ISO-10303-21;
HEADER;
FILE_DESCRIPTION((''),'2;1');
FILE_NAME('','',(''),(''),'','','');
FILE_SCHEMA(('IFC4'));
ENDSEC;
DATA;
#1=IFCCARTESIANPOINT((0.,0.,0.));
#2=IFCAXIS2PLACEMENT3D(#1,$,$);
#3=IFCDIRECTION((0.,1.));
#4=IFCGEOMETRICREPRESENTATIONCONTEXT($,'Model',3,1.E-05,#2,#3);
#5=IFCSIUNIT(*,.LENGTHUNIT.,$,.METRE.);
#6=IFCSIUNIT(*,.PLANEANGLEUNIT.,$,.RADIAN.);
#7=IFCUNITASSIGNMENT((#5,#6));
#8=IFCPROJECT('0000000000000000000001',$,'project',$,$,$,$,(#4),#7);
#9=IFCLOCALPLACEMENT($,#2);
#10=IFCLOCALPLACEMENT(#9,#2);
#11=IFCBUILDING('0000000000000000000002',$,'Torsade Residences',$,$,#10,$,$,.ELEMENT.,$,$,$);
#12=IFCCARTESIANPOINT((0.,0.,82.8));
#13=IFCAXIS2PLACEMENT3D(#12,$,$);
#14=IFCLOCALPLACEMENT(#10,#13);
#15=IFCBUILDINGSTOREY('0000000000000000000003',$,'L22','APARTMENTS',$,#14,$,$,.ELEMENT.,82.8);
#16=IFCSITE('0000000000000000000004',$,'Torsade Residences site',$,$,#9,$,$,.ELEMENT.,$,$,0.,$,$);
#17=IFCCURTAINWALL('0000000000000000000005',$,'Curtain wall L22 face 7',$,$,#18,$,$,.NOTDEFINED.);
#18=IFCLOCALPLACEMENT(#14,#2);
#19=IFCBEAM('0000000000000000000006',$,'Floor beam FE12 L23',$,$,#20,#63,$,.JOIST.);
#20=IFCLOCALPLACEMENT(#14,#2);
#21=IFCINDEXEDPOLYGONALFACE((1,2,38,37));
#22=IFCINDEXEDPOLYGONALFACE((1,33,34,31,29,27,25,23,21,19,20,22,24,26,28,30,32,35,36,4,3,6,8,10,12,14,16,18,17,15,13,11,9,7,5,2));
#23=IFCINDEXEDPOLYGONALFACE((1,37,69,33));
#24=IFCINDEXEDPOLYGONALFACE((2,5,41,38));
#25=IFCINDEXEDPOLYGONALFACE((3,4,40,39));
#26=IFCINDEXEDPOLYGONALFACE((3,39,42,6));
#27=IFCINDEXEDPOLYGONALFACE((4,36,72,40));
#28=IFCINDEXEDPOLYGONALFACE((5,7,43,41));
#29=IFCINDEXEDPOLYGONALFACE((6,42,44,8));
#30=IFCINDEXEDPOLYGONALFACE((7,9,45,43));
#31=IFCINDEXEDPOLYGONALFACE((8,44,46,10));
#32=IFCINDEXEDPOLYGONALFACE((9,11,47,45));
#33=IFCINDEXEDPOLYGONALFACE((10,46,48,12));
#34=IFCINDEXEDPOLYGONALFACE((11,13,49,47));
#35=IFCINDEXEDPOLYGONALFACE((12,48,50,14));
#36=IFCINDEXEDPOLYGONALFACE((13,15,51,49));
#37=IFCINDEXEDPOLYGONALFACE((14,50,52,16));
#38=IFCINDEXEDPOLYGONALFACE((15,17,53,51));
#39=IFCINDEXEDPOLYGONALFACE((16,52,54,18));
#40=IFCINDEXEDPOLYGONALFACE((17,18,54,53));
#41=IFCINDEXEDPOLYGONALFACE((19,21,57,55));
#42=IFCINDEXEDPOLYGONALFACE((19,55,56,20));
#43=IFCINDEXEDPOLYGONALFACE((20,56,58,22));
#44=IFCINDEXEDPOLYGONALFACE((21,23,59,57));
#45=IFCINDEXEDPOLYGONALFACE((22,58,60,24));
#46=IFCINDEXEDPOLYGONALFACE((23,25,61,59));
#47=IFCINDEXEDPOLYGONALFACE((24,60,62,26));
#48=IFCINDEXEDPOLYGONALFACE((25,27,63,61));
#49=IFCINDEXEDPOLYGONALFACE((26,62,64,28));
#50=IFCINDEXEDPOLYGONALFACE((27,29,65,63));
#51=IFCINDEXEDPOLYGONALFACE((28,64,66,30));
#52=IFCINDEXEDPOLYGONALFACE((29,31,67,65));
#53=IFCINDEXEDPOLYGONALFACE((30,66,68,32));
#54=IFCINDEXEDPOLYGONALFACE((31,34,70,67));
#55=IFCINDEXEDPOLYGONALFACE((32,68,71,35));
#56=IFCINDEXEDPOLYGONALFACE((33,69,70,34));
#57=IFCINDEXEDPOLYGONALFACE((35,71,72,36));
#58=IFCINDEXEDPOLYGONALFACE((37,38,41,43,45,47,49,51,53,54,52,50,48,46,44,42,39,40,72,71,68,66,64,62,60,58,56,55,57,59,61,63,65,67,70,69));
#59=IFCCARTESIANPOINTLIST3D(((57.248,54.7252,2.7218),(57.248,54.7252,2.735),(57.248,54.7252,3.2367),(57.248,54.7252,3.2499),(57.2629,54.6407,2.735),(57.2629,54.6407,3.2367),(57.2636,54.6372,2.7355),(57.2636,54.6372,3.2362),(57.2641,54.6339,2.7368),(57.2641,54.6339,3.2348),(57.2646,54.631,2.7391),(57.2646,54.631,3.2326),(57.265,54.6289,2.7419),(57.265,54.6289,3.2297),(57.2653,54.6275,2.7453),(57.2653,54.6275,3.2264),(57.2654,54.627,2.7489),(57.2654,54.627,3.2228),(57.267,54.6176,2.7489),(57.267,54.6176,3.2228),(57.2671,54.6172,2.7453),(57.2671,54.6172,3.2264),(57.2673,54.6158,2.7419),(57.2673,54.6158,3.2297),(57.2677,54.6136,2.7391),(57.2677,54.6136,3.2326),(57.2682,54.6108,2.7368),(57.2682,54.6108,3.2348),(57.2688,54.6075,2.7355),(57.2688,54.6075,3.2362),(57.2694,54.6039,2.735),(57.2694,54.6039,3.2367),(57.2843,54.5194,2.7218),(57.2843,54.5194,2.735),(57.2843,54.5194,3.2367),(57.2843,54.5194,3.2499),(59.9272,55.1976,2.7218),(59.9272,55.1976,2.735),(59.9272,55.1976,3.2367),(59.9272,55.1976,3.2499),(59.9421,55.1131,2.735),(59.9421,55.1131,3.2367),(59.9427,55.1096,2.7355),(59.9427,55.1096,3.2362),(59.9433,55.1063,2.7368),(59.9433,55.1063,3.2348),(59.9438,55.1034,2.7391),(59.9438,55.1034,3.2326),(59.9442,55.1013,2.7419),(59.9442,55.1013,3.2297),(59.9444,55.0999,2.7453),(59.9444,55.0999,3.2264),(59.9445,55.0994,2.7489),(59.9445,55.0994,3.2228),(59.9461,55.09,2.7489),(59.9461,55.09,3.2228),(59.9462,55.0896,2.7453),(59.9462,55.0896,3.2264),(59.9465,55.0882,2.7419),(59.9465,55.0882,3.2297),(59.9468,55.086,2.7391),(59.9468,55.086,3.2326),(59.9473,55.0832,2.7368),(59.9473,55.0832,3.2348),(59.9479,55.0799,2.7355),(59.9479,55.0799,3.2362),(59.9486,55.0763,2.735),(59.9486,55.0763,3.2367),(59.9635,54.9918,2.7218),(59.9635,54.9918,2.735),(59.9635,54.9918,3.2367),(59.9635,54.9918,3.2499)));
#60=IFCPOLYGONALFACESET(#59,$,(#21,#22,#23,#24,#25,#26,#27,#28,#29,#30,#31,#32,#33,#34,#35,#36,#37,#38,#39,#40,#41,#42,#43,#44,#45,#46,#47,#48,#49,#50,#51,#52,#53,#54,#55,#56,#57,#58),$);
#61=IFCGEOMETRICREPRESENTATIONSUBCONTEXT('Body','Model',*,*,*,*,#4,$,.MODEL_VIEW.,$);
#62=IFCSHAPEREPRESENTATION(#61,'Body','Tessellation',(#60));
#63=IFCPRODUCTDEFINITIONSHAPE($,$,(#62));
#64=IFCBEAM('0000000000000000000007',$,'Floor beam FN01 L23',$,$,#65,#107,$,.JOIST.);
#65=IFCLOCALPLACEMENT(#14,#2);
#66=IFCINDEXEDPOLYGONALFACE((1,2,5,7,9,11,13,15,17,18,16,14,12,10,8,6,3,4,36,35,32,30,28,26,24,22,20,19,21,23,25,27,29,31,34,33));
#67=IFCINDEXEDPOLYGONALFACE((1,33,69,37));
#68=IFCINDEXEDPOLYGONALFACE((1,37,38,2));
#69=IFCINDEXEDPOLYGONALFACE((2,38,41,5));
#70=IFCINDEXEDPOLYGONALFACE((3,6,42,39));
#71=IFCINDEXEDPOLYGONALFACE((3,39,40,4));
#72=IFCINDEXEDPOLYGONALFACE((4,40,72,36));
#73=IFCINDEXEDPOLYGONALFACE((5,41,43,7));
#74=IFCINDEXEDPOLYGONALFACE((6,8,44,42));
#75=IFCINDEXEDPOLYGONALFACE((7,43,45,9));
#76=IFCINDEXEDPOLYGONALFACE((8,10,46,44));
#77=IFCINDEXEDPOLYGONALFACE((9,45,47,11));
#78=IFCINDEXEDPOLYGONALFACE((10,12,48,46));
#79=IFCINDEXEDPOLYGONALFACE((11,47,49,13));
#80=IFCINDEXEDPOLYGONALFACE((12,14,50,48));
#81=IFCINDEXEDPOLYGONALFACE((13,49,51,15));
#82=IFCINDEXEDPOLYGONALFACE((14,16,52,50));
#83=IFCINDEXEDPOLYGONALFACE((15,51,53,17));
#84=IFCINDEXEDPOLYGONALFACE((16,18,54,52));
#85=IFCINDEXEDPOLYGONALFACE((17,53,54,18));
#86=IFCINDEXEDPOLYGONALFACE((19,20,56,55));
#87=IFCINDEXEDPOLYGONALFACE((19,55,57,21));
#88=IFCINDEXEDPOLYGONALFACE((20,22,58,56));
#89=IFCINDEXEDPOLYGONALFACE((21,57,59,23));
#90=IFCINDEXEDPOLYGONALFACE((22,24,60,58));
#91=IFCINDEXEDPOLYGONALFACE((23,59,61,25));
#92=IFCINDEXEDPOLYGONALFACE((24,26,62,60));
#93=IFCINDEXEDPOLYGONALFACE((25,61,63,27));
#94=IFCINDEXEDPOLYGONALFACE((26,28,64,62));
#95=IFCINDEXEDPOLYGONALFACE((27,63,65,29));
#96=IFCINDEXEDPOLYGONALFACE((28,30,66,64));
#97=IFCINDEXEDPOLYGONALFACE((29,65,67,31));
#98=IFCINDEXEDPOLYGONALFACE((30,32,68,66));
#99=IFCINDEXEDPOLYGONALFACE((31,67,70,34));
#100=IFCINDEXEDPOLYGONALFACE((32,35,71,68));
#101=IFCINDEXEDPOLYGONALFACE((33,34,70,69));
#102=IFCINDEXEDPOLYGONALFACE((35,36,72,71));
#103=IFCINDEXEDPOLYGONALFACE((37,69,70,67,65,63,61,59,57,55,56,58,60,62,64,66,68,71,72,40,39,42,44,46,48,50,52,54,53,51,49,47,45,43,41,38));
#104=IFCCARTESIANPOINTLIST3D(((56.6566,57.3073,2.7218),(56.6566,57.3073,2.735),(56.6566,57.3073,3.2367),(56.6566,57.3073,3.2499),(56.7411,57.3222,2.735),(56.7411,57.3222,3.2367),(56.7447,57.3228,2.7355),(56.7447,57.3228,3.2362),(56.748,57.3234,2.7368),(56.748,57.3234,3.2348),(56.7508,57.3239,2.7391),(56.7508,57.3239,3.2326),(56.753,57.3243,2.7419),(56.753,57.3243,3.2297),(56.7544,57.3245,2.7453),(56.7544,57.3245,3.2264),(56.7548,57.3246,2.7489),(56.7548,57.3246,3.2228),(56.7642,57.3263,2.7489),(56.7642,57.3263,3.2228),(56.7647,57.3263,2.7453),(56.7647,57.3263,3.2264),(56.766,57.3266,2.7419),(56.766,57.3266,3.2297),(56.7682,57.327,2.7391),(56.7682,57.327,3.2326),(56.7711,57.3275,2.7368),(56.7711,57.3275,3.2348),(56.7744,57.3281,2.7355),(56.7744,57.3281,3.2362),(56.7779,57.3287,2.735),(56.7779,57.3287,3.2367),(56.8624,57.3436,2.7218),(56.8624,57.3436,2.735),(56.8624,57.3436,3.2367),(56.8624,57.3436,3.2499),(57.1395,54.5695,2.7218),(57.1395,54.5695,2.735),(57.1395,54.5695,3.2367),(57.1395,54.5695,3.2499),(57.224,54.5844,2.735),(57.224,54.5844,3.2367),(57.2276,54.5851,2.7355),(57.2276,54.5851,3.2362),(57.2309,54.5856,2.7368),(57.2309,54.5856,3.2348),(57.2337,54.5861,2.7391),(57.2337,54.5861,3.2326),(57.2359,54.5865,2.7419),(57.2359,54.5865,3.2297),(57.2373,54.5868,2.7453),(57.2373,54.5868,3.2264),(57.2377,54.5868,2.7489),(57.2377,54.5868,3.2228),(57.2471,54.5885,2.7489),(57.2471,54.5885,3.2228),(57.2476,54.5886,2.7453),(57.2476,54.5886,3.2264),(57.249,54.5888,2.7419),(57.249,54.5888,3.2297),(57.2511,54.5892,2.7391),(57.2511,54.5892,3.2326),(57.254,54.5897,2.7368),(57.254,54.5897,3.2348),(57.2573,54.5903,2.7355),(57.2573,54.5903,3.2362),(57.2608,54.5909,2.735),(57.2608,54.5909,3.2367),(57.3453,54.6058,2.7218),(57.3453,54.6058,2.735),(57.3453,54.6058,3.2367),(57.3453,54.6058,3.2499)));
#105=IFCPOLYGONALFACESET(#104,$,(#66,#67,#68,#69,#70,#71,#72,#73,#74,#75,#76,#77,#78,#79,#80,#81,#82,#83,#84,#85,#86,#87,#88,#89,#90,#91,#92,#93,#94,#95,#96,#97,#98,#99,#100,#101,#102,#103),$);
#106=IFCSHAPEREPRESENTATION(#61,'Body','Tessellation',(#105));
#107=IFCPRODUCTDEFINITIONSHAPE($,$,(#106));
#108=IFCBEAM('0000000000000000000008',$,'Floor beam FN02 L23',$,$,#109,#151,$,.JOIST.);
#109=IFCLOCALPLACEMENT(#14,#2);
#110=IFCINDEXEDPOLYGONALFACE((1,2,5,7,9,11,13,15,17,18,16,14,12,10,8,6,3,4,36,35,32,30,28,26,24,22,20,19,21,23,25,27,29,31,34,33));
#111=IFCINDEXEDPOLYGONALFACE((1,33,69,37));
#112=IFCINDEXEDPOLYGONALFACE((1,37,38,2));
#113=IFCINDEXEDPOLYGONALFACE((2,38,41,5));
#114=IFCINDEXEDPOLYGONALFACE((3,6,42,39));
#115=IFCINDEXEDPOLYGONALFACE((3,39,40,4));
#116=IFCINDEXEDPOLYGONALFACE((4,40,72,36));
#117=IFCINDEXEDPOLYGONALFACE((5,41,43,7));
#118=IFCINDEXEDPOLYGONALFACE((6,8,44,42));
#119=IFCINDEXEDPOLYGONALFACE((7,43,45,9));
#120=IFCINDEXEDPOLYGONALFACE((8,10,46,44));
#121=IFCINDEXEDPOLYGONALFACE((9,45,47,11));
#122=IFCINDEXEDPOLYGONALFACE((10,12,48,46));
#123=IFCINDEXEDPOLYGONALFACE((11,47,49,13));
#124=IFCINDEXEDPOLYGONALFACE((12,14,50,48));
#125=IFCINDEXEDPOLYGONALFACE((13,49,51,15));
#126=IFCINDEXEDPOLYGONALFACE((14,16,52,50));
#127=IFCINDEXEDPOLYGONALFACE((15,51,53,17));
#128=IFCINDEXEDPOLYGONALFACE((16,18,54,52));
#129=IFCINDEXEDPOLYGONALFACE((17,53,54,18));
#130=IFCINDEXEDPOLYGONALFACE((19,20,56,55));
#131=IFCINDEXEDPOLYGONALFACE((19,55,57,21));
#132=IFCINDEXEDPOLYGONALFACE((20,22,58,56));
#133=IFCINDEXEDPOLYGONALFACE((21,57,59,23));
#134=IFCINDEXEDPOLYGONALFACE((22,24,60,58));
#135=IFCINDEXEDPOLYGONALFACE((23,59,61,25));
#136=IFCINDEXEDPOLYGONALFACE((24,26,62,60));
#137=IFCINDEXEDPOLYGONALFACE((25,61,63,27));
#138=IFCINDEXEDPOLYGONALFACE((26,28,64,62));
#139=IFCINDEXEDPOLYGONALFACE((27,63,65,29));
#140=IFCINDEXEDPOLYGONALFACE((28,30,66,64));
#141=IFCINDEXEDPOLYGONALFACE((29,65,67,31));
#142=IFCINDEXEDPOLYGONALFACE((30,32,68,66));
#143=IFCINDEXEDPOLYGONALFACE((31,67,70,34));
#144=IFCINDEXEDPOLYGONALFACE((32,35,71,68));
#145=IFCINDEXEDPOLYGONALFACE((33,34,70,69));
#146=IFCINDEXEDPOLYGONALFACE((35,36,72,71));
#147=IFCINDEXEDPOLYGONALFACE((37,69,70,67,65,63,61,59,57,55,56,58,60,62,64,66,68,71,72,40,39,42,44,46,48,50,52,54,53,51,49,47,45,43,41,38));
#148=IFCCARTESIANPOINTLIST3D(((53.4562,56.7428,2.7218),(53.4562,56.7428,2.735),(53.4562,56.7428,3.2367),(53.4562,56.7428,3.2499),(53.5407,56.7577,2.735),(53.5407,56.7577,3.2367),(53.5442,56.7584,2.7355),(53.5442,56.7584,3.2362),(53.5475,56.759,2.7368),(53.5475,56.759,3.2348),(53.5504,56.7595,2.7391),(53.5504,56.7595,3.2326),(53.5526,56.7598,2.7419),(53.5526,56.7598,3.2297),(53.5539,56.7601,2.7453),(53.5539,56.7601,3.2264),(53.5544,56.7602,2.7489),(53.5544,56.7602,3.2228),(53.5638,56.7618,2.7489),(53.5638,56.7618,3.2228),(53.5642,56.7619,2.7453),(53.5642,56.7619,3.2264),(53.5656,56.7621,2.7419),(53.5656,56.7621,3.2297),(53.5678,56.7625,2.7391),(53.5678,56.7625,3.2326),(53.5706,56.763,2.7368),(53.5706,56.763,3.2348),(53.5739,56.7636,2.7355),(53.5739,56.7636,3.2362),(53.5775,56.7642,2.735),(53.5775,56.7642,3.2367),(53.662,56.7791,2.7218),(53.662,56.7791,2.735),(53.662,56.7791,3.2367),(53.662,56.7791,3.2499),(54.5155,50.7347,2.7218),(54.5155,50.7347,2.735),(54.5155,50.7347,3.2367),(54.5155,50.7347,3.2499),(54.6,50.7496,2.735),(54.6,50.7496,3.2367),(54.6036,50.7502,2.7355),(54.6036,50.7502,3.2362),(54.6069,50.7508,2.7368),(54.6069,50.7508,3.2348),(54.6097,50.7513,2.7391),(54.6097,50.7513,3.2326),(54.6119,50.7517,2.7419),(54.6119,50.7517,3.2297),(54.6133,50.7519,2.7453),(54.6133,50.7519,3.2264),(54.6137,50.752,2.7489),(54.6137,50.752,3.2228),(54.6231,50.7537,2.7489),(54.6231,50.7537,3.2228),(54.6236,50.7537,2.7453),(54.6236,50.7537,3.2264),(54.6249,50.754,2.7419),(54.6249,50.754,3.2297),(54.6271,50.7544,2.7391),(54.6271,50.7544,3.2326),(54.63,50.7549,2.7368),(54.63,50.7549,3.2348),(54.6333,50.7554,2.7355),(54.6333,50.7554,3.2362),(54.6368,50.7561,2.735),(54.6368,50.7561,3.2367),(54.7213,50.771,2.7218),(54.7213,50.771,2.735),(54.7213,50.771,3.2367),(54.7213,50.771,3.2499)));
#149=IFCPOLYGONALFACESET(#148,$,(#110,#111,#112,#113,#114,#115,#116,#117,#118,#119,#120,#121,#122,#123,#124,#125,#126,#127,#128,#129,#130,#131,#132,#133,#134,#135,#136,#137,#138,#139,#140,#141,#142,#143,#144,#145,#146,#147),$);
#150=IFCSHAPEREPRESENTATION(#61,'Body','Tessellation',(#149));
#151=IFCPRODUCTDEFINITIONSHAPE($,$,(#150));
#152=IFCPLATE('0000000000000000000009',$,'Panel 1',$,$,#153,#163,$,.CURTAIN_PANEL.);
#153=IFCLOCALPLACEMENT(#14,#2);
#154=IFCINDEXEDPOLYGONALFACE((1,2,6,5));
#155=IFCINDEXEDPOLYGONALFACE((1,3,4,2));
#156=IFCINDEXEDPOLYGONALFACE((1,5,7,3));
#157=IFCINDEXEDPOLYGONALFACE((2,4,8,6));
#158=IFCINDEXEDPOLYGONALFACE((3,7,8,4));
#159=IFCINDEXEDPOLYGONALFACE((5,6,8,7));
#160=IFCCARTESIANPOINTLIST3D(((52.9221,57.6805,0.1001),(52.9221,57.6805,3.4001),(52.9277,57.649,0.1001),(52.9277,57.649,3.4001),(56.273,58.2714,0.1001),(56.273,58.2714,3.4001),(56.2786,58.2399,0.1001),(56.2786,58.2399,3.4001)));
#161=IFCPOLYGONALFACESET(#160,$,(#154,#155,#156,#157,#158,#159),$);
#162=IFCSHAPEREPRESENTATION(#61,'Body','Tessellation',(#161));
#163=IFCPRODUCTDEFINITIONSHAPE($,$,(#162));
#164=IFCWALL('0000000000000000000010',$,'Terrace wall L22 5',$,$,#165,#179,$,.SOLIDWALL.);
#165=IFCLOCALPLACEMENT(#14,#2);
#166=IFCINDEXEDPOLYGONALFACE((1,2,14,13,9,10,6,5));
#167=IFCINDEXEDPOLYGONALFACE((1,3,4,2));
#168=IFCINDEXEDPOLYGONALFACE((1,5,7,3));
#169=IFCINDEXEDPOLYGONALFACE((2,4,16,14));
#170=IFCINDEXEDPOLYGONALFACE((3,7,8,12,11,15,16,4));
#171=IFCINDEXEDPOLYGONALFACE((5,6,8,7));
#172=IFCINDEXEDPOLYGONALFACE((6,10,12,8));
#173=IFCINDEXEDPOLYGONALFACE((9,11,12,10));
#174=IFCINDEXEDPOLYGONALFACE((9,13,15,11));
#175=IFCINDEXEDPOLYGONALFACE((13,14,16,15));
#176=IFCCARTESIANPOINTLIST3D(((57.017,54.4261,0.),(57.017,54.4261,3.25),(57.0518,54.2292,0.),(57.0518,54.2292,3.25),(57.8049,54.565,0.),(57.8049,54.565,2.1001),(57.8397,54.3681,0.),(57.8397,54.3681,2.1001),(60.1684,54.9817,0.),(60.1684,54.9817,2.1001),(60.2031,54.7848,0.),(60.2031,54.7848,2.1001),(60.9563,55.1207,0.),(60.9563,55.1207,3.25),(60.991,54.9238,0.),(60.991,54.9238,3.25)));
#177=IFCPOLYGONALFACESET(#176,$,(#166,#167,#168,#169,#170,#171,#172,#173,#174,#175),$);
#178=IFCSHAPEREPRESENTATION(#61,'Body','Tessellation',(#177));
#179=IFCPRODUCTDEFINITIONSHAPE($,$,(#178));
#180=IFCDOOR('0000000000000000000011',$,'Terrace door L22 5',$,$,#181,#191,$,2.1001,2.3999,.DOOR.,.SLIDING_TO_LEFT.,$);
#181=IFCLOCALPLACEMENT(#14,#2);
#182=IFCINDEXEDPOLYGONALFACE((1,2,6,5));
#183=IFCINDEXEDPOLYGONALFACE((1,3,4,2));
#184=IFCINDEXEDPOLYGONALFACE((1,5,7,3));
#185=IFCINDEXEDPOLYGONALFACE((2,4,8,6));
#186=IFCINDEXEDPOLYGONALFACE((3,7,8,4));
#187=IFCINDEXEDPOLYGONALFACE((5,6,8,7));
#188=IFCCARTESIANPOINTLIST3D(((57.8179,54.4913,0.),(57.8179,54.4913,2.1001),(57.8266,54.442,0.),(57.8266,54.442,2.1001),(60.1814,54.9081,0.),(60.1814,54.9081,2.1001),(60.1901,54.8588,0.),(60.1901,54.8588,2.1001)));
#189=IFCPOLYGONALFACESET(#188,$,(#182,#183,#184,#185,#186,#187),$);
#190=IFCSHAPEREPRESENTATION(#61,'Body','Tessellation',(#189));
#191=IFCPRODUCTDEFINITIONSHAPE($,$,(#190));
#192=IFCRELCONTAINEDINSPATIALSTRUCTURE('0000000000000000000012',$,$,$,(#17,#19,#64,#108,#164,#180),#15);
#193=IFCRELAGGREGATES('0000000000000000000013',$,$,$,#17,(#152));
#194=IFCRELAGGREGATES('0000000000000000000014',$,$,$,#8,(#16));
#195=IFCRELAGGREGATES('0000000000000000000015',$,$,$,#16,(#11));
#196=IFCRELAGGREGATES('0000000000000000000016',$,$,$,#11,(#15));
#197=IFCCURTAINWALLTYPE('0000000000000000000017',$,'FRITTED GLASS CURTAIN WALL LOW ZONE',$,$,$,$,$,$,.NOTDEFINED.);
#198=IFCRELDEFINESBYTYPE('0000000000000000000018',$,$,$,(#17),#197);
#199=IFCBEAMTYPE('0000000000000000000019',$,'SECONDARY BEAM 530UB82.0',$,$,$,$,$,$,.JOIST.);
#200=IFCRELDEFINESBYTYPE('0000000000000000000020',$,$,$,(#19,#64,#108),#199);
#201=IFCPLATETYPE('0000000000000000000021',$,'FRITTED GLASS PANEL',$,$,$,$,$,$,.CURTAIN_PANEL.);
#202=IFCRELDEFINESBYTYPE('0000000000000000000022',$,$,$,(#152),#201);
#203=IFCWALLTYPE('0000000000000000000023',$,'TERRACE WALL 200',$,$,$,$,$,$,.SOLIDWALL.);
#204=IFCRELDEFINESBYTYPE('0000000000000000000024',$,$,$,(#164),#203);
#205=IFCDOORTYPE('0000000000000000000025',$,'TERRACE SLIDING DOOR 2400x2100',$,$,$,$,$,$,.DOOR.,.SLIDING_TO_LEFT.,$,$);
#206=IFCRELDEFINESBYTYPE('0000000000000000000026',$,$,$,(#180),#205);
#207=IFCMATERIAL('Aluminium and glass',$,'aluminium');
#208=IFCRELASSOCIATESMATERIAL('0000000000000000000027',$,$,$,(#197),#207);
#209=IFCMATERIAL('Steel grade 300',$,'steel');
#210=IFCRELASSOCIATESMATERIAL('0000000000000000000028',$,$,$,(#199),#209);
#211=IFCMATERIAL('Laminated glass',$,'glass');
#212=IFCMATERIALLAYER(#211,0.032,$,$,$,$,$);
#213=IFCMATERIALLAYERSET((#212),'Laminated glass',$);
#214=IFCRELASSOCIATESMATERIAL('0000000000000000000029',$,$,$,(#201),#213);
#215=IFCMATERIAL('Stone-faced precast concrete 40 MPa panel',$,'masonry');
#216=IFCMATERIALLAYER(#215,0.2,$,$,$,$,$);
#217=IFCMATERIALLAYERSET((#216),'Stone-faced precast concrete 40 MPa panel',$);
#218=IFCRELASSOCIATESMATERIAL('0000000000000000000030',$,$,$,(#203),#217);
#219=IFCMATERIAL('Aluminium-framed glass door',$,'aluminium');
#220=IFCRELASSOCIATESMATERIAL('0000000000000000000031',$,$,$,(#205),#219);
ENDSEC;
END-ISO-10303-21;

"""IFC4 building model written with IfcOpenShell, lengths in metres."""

from ifc_helpers import new_model, si_unit, direction, frame, frame_2d, origin, origin_2d, place, context, subcontext, project, spatial, rectangle, i_section, extrude, material, layer, layer_set, material_profile, profile_set, type_object, element, fill, aggregate, save


model = new_model("IFC4")

# Units and contexts
model_context = context("Model", 3, precision=1e-05, world=origin(), true_north=direction((0.0, 1.0)))
body_context = subcontext(model_context, "Body", "Model", "MODEL_VIEW")
ifc_project = project(units=[si_unit("LENGTHUNIT", "METRE"), si_unit("PLANEANGLEUNIT", "RADIAN")], contexts=[model_context])

# Site, building, storey
site_placement = place(None, origin())
site = spatial("IfcSite", under=ifc_project, at=site_placement, Name="Torsade Residences site", CompositionType="ELEMENT", RefElevation=0.0)
building_placement = place(site_placement, origin())
building = spatial("IfcBuilding", under=site, at=building_placement, Name="Torsade Residences", CompositionType="ELEMENT")
storey_placement = place(building_placement, frame((0.0, 0.0, 82.8)))
storey = spatial("IfcBuildingStorey", under=building, at=storey_placement, Name="L22", Description="APARTMENTS", CompositionType="ELEMENT", Elevation=82.8)

# Shared definitions
ifc_material_1 = material(Name="Aluminium and glass", Category="aluminium")
curtain_wall_type = type_object("IfcCurtainWallType", Name="FRITTED GLASS CURTAIN WALL LOW ZONE", PredefinedType="NOTDEFINED", material=ifc_material_1)

# Curtain wall
curtain_wall_1_placement = place(storey_placement, origin())
curtain_wall_1 = element("IfcCurtainWall", 1, at=curtain_wall_1_placement, inside=storey, type_object=curtain_wall_type, Name="Curtain wall L22 face 7", PredefinedType="NOTDEFINED")

# Beams
ifc_material_2 = material(Name="Steel grade 300", Category="steel")
ifc_material_profile_1 = material_profile(ifc_material_2, i_section(OverallWidth=0.209, OverallDepth=0.5281, WebThickness=0.0095, FlangeThickness=0.0132, FilletRadius=0.0139, at=origin_2d()), Name="530UB82.0")
ifc_profile_set_1 = profile_set([ifc_material_profile_1], Name="Steel grade 300")
beam_type_1 = type_object("IfcBeamType", Name="SECONDARY BEAM 530UB82.0", PredefinedType="JOIST", material=ifc_profile_set_1)
beam_1_placement = place(storey_placement, frame((59.9453, 55.0947, 2.9858), z_axis=(-0.984808, -0.173647, 0.0), x_axis=(0.173647, -0.984808, 0.0)))
element("IfcBeam", 2, at=beam_1_placement, inside=storey, type_object=beam_type_1, Name="Floor beam FE12 L23", PredefinedType="JOIST", context=body_context, shape_type="SweptSolid", body=[
    extrude(i_section(OverallWidth=0.209, OverallDepth=0.5281, WebThickness=0.0095, FlangeThickness=0.0132, FilletRadius=0.0139, at=origin_2d()), origin(), (0.0, 0.0, 1.0), 2.7205),
])
beam_2_placement = place(storey_placement, frame((56.7595, 57.3254, 2.9858), z_axis=(0.173705, -0.984798, 0.0), x_axis=(0.984798, 0.173705, 0.0)))
element("IfcBeam", 3, at=beam_2_placement, inside=storey, type_object=beam_type_1, Name="Floor beam FN01 L23", PredefinedType="JOIST", context=body_context, shape_type="SweptSolid", body=[
    extrude(i_section(OverallWidth=0.209, OverallDepth=0.5281, WebThickness=0.0095, FlangeThickness=0.0132, FilletRadius=0.0139, at=origin_2d()), origin(), (0.0, 0.0, 1.0), 2.78),
])
beam_3_placement = place(storey_placement, frame((53.5591, 56.761, 2.9858), z_axis=(0.173639, -0.984809, 0.0), x_axis=(0.984809, 0.173639, 0.0)))
element("IfcBeam", 4, at=beam_3_placement, inside=storey, type_object=beam_type_1, Name="Floor beam FN02 L23", PredefinedType="JOIST", context=body_context, shape_type="SweptSolid", body=[
    extrude(i_section(OverallWidth=0.209, OverallDepth=0.5281, WebThickness=0.0095, FlangeThickness=0.0132, FilletRadius=0.0139, at=origin_2d()), origin(), (0.0, 0.0, 1.0), 6.1008),
])

# Plate
ifc_material_3 = material(Name="Laminated glass", Category="glass")
ifc_layer_1 = layer(ifc_material_3, 0.032)
ifc_layer_set_1 = layer_set([ifc_layer_1], Name="Laminated glass")
plate_type = type_object("IfcPlateType", Name="FRITTED GLASS PANEL", PredefinedType="CURTAIN_PANEL", material=ifc_layer_set_1)
plate_placement = place(storey_placement, frame((54.6003, 57.9602, 0.1001), z_axis=(0.0, 0.0, 1.0), x_axis=(-0.984808, -0.173648, 0.0)))
plate = element("IfcPlate", 5, at=plate_placement, type_object=plate_type, Name="Panel 1", PredefinedType="CURTAIN_PANEL", context=body_context, shape_type="SweptSolid", body=[
    extrude(rectangle(XDim=3.4026, YDim=0.032, at=origin_2d()), origin(), (0.0, 0.0, 1.0), 3.3),
])
aggregate(curtain_wall_1, [plate])

# Wall, opening, door
ifc_material_4 = material(Name="Stone-faced precast concrete 40 MPa panel", Category="masonry")
ifc_layer_2 = layer(ifc_material_4, 0.2)
ifc_layer_set_2 = layer_set([ifc_layer_2], Name="Stone-faced precast concrete 40 MPa panel")
wall_type = type_object("IfcWallType", Name="TERRACE WALL 200", PredefinedType="SOLIDWALL", material=ifc_layer_set_2)
wall_1_placement = place(storey_placement, frame((60.9736, 55.0222, 0.0), z_axis=(0.0, 0.0, 1.0), x_axis=(-0.984808, -0.173646, 0.0)))
wall_1 = element("IfcWall", 6, at=wall_1_placement, inside=storey, type_object=wall_type, Name="Terrace wall L22 5", PredefinedType="SOLIDWALL", context=body_context, shape_type="SweptSolid", body=[
    extrude(rectangle(XDim=4.0, YDim=0.2, at=frame_2d((2.0, 0.0))), origin(), (0.0, 0.0, 1.0), 3.25),
])
opening_1_placement = place(wall_1_placement, frame((0.8, 0.0, 0.0)))
opening_1 = element("IfcOpeningElement", 7, at=opening_1_placement, cuts=wall_1, PredefinedType="OPENING", context=body_context, shape_type="SweptSolid", body=[
    extrude(rectangle(XDim=2.3999, YDim=2.1001, at=frame_2d((1.2, 1.05))), frame((0.0, 0.1099, 0.0), z_axis=(0.0, -1.0, 0.0), x_axis=(1.0, 0.0, 0.0)), (0.0, 0.0, 1.0), 0.22),
])
ifc_material_5 = material(Name="Aluminium-framed glass door", Category="aluminium")
door_type = type_object("IfcDoorType", Name="TERRACE SLIDING DOOR 2400x2100", OperationType="SLIDING_TO_LEFT", PredefinedType="DOOR", material=ifc_material_5)
door_placement = place(opening_1_placement, origin())
door = element("IfcDoor", 8, at=door_placement, inside=storey, type_object=door_type, Name="Terrace door L22 5", OperationType="SLIDING_TO_LEFT", OverallHeight=2.1001, OverallWidth=2.3999, PredefinedType="DOOR", context=body_context, shape_type="SweptSolid", body=[
    extrude(rectangle(XDim=2.3999, YDim=2.1001, at=frame_2d((1.2, 1.05))), frame((0.0, 0.0249, 0.0), z_axis=(0.0, -1.0, 0.0), x_axis=(1.0, 0.0, 0.0)), (0.0, 0.0, 1.0), 0.05),
])
fill(opening_1, door)

save(model, "model.ifc")
